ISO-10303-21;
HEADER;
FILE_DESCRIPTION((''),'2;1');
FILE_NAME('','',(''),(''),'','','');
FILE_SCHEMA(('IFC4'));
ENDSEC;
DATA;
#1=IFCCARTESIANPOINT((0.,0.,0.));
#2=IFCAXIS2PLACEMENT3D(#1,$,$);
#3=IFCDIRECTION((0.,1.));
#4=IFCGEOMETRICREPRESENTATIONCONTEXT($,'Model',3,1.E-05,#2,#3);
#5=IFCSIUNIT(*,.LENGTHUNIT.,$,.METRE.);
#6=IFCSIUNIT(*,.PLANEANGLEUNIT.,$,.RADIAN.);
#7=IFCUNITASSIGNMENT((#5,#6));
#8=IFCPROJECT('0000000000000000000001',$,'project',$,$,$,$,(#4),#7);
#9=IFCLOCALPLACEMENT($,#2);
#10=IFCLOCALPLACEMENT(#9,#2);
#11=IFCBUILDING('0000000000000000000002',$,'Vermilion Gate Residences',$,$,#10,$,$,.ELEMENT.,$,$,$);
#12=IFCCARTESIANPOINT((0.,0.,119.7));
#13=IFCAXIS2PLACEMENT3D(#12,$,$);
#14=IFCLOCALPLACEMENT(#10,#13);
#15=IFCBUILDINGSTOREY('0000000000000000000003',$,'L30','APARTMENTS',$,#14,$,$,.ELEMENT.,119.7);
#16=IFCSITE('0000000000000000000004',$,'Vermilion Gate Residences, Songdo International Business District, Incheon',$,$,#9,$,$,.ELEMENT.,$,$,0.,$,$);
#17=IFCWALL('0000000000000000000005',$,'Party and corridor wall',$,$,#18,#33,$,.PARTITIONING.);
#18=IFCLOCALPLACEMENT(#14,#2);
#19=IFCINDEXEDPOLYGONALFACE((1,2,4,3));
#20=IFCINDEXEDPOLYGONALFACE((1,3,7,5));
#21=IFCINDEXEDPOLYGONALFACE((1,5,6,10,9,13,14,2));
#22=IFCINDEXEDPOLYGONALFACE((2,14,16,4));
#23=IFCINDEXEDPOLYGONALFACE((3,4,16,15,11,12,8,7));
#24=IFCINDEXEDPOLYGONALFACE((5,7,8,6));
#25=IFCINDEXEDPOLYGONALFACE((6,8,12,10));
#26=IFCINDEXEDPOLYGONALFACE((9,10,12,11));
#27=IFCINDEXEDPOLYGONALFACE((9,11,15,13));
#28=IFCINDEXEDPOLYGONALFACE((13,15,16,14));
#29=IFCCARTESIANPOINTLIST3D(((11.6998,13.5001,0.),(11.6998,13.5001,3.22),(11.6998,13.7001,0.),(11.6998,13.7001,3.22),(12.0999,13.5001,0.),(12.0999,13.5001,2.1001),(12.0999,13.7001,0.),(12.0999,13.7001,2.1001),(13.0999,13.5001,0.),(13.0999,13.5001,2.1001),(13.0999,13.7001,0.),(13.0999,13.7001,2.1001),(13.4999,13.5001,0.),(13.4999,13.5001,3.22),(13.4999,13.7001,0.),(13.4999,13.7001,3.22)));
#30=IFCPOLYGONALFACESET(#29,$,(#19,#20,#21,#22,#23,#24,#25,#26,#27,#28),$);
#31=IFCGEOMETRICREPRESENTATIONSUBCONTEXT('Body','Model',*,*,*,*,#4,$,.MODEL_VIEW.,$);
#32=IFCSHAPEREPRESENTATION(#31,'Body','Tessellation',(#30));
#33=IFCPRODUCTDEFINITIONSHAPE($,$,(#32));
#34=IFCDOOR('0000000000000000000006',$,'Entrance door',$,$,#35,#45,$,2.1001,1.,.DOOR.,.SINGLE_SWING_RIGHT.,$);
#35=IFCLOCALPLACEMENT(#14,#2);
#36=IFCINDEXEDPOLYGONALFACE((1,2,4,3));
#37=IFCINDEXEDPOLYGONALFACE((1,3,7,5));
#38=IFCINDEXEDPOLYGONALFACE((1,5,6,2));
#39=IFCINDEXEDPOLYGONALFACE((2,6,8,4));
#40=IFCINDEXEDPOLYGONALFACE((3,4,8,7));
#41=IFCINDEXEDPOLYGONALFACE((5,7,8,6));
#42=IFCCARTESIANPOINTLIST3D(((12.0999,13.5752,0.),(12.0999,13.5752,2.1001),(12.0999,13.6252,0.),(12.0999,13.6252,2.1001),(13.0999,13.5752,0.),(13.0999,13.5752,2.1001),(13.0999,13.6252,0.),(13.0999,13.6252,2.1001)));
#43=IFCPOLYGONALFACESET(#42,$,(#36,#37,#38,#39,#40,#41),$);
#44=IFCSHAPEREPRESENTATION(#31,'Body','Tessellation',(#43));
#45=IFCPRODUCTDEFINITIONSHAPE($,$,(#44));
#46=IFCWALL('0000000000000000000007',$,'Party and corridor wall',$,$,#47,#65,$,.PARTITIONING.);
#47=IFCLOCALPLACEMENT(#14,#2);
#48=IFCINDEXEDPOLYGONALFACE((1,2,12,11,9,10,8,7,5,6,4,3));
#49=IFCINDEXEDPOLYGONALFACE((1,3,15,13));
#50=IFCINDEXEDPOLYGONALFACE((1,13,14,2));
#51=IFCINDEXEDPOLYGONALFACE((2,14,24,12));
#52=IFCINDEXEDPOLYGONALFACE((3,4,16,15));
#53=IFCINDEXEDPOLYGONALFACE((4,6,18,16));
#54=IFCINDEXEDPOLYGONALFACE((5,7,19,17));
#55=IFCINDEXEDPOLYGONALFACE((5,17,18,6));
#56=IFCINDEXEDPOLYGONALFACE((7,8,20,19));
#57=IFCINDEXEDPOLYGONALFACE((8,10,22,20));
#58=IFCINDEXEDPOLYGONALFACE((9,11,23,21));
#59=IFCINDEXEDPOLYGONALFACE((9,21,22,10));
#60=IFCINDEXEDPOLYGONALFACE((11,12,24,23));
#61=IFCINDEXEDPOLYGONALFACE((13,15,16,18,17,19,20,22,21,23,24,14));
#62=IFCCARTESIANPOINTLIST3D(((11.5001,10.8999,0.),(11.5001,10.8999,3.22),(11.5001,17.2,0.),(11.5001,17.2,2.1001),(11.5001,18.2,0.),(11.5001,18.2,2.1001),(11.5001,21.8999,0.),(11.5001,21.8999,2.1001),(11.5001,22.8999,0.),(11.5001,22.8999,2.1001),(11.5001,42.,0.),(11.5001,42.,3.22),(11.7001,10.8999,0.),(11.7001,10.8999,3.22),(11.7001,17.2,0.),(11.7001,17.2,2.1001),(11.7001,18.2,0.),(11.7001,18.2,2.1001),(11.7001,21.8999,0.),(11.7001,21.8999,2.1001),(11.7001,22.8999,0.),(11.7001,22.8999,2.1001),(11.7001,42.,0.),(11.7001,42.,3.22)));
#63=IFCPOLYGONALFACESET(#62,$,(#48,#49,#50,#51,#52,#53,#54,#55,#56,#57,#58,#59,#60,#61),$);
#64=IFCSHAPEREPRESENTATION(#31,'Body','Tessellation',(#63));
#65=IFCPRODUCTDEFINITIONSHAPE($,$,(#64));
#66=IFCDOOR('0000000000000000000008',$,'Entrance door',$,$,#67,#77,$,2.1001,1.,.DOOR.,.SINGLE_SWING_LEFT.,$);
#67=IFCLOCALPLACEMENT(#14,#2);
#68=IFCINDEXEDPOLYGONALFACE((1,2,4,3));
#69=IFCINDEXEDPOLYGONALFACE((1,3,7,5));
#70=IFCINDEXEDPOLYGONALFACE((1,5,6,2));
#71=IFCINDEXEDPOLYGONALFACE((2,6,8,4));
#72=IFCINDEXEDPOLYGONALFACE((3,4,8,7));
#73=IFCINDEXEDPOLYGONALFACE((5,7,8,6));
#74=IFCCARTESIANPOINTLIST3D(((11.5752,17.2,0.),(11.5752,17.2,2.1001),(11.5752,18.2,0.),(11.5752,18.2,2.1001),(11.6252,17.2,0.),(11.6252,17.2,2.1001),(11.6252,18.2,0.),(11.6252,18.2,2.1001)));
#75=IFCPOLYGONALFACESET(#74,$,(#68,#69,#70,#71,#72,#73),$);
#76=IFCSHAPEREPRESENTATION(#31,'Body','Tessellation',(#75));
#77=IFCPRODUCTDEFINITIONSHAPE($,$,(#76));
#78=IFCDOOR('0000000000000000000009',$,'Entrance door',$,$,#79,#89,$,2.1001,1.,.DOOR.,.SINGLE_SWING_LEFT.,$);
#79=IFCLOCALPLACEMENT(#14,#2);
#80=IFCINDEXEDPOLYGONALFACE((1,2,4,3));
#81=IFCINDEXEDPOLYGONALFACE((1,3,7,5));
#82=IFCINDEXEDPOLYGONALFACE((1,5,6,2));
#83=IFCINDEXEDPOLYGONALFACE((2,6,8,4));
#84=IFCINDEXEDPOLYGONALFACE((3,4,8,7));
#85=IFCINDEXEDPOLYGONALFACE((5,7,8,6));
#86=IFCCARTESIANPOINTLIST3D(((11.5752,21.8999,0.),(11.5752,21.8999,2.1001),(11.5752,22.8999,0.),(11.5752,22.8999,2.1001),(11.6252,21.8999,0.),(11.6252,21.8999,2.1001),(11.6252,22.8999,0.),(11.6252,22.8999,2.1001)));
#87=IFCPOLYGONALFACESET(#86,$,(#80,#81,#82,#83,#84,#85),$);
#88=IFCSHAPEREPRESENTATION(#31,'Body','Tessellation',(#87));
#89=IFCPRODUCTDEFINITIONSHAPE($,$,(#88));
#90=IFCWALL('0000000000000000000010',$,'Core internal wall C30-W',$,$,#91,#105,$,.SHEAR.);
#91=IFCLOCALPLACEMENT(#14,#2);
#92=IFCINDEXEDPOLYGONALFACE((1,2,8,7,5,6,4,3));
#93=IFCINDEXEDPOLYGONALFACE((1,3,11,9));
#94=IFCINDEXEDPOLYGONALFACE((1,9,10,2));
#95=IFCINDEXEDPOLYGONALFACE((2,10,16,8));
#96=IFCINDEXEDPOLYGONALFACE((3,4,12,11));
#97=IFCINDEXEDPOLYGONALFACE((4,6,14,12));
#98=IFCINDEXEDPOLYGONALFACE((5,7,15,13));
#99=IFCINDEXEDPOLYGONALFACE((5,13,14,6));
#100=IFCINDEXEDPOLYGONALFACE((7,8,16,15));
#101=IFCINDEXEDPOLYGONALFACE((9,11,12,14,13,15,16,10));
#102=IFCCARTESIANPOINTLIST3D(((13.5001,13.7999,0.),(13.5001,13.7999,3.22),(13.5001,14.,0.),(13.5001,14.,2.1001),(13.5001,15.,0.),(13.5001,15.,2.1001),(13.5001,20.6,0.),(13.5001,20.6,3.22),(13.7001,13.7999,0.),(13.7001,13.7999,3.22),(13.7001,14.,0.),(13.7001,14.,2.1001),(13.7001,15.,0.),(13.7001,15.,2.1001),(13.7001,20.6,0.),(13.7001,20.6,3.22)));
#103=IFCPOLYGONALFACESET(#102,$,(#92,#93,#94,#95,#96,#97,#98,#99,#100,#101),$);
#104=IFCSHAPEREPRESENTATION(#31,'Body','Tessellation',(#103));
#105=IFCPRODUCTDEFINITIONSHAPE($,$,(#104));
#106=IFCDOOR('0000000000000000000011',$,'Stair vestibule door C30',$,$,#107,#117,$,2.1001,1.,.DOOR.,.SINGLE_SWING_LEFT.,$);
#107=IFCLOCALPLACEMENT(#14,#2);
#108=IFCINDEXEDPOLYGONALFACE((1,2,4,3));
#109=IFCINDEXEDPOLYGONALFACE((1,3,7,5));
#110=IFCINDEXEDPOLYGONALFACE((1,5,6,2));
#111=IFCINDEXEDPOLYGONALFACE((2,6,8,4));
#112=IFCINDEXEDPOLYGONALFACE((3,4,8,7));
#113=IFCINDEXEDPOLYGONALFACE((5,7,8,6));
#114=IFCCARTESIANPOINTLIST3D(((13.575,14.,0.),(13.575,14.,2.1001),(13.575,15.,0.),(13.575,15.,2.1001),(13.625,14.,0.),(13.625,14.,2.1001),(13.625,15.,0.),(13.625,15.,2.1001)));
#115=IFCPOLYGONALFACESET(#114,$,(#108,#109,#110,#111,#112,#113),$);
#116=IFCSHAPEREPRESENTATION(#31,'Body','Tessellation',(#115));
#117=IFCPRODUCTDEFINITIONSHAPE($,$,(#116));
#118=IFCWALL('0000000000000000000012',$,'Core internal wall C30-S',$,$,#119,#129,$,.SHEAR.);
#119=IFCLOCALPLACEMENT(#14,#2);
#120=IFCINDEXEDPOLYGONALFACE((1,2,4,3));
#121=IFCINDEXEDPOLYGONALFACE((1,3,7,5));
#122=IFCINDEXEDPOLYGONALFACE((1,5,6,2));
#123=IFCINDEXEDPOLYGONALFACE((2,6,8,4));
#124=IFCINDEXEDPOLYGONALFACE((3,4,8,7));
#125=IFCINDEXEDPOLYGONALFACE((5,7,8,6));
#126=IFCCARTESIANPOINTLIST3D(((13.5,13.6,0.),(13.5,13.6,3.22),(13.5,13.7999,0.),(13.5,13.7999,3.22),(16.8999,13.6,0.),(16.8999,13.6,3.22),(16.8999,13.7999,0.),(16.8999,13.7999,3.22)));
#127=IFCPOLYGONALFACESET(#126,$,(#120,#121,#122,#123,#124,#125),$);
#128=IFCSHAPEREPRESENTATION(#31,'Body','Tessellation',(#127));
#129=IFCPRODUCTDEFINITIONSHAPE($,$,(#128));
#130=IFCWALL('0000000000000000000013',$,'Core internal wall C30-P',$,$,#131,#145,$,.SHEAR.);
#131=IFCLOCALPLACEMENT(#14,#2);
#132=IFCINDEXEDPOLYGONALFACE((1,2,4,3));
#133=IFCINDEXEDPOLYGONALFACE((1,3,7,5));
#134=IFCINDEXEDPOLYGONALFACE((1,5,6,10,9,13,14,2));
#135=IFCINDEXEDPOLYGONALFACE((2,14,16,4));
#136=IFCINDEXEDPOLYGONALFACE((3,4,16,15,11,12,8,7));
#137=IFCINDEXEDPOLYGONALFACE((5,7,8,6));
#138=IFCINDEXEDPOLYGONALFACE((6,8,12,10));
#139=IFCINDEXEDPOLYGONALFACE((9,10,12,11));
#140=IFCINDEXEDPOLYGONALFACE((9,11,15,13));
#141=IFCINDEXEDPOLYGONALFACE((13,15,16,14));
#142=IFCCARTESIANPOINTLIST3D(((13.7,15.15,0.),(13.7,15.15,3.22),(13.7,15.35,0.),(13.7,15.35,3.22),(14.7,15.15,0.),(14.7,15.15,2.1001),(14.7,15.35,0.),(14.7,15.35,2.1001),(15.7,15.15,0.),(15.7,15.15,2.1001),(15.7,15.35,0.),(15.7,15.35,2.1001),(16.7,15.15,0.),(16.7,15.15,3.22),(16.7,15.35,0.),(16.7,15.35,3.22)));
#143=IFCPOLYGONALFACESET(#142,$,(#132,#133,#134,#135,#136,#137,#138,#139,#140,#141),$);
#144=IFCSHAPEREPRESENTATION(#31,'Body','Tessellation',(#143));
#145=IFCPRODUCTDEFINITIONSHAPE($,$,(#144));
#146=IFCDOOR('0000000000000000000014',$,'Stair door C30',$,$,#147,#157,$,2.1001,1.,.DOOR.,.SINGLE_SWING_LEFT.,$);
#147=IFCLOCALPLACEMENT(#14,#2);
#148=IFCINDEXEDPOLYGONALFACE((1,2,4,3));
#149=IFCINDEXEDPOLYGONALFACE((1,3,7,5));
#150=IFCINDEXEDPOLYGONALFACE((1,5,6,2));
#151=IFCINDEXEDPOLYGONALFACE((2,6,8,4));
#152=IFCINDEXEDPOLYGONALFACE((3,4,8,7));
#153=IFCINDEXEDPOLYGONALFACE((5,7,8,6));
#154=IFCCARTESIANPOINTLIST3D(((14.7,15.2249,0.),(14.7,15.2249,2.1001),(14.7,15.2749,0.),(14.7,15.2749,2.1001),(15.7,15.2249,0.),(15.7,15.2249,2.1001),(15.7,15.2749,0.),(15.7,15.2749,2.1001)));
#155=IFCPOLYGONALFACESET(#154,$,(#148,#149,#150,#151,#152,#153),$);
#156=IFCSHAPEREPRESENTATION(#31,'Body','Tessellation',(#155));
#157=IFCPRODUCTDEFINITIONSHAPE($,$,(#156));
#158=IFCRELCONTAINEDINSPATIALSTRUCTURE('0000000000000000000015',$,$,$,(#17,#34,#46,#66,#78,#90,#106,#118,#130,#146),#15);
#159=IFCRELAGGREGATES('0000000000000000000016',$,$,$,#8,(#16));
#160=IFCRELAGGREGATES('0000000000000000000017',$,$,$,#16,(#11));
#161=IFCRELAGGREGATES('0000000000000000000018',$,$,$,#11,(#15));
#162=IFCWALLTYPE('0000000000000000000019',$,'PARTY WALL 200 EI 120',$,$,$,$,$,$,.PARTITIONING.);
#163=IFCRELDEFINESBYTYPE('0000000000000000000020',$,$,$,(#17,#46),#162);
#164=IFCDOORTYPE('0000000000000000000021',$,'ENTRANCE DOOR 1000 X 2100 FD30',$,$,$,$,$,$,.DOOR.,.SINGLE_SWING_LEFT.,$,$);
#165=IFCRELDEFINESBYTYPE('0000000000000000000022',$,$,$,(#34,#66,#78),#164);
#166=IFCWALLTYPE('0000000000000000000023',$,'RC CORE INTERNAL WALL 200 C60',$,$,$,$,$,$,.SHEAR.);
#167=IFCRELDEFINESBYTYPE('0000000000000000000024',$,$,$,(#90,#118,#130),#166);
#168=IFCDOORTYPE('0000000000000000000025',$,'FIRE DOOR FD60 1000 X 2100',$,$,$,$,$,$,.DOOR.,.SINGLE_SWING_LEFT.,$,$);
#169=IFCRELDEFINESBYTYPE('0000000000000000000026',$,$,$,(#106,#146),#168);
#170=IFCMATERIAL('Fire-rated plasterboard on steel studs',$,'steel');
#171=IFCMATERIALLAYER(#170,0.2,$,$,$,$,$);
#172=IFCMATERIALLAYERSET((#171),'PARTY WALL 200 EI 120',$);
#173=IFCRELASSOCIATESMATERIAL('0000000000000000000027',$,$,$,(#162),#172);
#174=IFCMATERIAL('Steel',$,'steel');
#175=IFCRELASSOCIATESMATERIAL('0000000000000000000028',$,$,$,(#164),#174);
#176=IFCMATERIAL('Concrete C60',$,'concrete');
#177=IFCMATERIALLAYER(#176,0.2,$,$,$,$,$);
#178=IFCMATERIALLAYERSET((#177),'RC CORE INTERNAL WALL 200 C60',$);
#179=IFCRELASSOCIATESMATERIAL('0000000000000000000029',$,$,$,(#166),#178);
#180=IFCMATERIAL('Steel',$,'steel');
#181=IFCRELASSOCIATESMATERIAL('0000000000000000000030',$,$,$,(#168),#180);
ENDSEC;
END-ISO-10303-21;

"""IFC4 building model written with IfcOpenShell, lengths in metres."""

from ifc_helpers import new_model, si_unit, direction, frame, frame_2d, origin, place, context, subcontext, project, spatial, rectangle, extrude, material, layer, layer_set, type_object, element, fill, save


model = new_model("IFC4")

# Units and contexts
model_context = context("Model", 3, precision=1e-05, world=origin(), true_north=direction((0.0, 1.0)))
body_context = subcontext(model_context, "Body", "Model", "MODEL_VIEW")
ifc_project = project(units=[si_unit("LENGTHUNIT", "METRE"), si_unit("PLANEANGLEUNIT", "RADIAN")], contexts=[model_context])

# Site, building, storey
site_placement = place(None, origin())
site = spatial("IfcSite", under=ifc_project, at=site_placement, Name="Vermilion Gate Residences, Songdo International Business District, Incheon", CompositionType="ELEMENT", RefElevation=0.0)
building_placement = place(site_placement, origin())
building = spatial("IfcBuilding", under=site, at=building_placement, Name="Vermilion Gate Residences", CompositionType="ELEMENT")
storey_placement = place(building_placement, frame((0.0, 0.0, 119.7)))
storey = spatial("IfcBuildingStorey", under=building, at=storey_placement, Name="L30", Description="APARTMENTS", CompositionType="ELEMENT", Elevation=119.7)

# Wall, opening, door
ifc_material_1 = material(Name="Fire-rated plasterboard on steel studs", Category="steel")
ifc_layer_1 = layer(ifc_material_1, 0.2)
ifc_layer_set_1 = layer_set([ifc_layer_1], Name="PARTY WALL 200 EI 120")
wall_type_1 = type_object("IfcWallType", Name="PARTY WALL 200 EI 120", PredefinedType="PARTITIONING", material=ifc_layer_set_1)
wall_1_placement = place(storey_placement, frame((11.7, 13.6001, 0.0), z_axis=(0.0, 0.0, 1.0), x_axis=(1.0, 0.0, 0.0)))
wall_1 = element("IfcWall", 1, at=wall_1_placement, inside=storey, type_object=wall_type_1, Name="Party and corridor wall", PredefinedType="PARTITIONING", context=body_context, shape_type="SweptSolid", body=[
    extrude(rectangle(XDim=1.8, YDim=0.2, at=frame_2d((0.8999, 0.0))), origin(), (0.0, 0.0, 1.0), 3.22),
])
opening_1_placement = place(wall_1_placement, frame((0.3999, 0.0, 0.0)))
opening_1 = element("IfcOpeningElement", 2, at=opening_1_placement, cuts=wall_1, PredefinedType="OPENING", context=body_context, shape_type="SweptSolid", body=[
    extrude(rectangle(XDim=1.0, YDim=2.1001, at=frame_2d((0.5, 1.05))), frame((0.0, 0.1099, 0.0), z_axis=(0.0, -1.0, 0.0), x_axis=(1.0, 0.0, 0.0)), (0.0, 0.0, 1.0), 0.22),
])
ifc_material_2 = material(Name="Steel", Category="steel")
door_type_1 = type_object("IfcDoorType", Name="ENTRANCE DOOR 1000 X 2100 FD30", OperationType="SINGLE_SWING_LEFT", PredefinedType="DOOR", material=ifc_material_2)
door_1_placement = place(opening_1_placement, frame((1.0, 0.0, 0.0), z_axis=(0.0, 0.0, 1.0), x_axis=(-1.0, 0.0, 0.0)))
door_1 = element("IfcDoor", 3, at=door_1_placement, inside=storey, type_object=door_type_1, Name="Entrance door", OperationType="SINGLE_SWING_RIGHT", OverallHeight=2.1001, OverallWidth=1.0, PredefinedType="DOOR", context=body_context, shape_type="SweptSolid", body=[
    extrude(rectangle(XDim=1.0, YDim=2.1001, at=frame_2d((0.5, 1.05))), frame((0.0, 0.0249, 0.0), z_axis=(0.0, -1.0, 0.0), x_axis=(1.0, 0.0, 0.0)), (0.0, 0.0, 1.0), 0.05),
])
fill(opening_1, door_1)

# Wall, openings, doors
wall_2_placement = place(storey_placement, frame((11.6001, 10.8999, 0.0), z_axis=(0.0, 0.0, 1.0), x_axis=(0.0, 1.0, 0.0)))
wall_2 = element("IfcWall", 4, at=wall_2_placement, inside=storey, type_object=wall_type_1, Name="Party and corridor wall", PredefinedType="PARTITIONING", context=body_context, shape_type="SweptSolid", body=[
    extrude(rectangle(XDim=31.1001, YDim=0.2, at=frame_2d((15.55, 0.0))), origin(), (0.0, 0.0, 1.0), 3.22),
])
opening_2_placement = place(wall_2_placement, frame((6.3, 0.0, 0.0)))
opening_2 = element("IfcOpeningElement", 5, at=opening_2_placement, cuts=wall_2, PredefinedType="OPENING", context=body_context, shape_type="SweptSolid", body=[
    extrude(rectangle(XDim=1.0, YDim=2.1001, at=frame_2d((0.5, 1.05))), frame((0.0, 0.1099, 0.0), z_axis=(0.0, -1.0, 0.0), x_axis=(1.0, 0.0, 0.0)), (0.0, 0.0, 1.0), 0.22),
])
opening_3_placement = place(wall_2_placement, frame((11.0, 0.0, 0.0)))
opening_3 = element("IfcOpeningElement", 6, at=opening_3_placement, cuts=wall_2, PredefinedType="OPENING", context=body_context, shape_type="SweptSolid", body=[
    extrude(rectangle(XDim=1.0, YDim=2.1001, at=frame_2d((0.5, 1.05))), frame((0.0, 0.1099, 0.0), z_axis=(0.0, -1.0, 0.0), x_axis=(1.0, 0.0, 0.0)), (0.0, 0.0, 1.0), 0.22),
])
door_2_placement = place(opening_2_placement, origin())
door_2 = element("IfcDoor", 7, at=door_2_placement, inside=storey, type_object=door_type_1, Name="Entrance door", OperationType="SINGLE_SWING_LEFT", OverallHeight=2.1001, OverallWidth=1.0, PredefinedType="DOOR", context=body_context, shape_type="SweptSolid", body=[
    extrude(rectangle(XDim=1.0, YDim=2.1001, at=frame_2d((0.5, 1.05))), frame((0.0, 0.0249, 0.0), z_axis=(0.0, -1.0, 0.0), x_axis=(1.0, 0.0, 0.0)), (0.0, 0.0, 1.0), 0.05),
])
fill(opening_2, door_2)
door_3_placement = place(opening_3_placement, origin())
door_3 = element("IfcDoor", 8, at=door_3_placement, inside=storey, type_object=door_type_1, Name="Entrance door", OperationType="SINGLE_SWING_LEFT", OverallHeight=2.1001, OverallWidth=1.0, PredefinedType="DOOR", context=body_context, shape_type="SweptSolid", body=[
    extrude(rectangle(XDim=1.0, YDim=2.1001, at=frame_2d((0.5, 1.05))), frame((0.0, 0.0249, 0.0), z_axis=(0.0, -1.0, 0.0), x_axis=(1.0, 0.0, 0.0)), (0.0, 0.0, 1.0), 0.05),
])
fill(opening_3, door_3)

# Wall, opening, door
ifc_material_3 = material(Name="Concrete C60", Category="concrete")
ifc_layer_2 = layer(ifc_material_3, 0.2)
ifc_layer_set_2 = layer_set([ifc_layer_2], Name="RC CORE INTERNAL WALL 200 C60")
wall_type_2 = type_object("IfcWallType", Name="RC CORE INTERNAL WALL 200 C60", PredefinedType="SHEAR", material=ifc_layer_set_2)
wall_3_placement = place(storey_placement, frame((13.6001, 13.8, 0.0), z_axis=(0.0, 0.0, 1.0), x_axis=(0.0, 1.0, 0.0)))
wall_3 = element("IfcWall", 9, at=wall_3_placement, inside=storey, type_object=wall_type_2, Name="Core internal wall C30-W", PredefinedType="SHEAR", context=body_context, shape_type="SweptSolid", body=[
    extrude(rectangle(XDim=6.8, YDim=0.2, at=frame_2d((3.3999, 0.0))), origin(), (0.0, 0.0, 1.0), 3.22),
])
opening_4_placement = place(wall_3_placement, frame((0.2, 0.0, 0.0)))
opening_4 = element("IfcOpeningElement", 10, at=opening_4_placement, cuts=wall_3, PredefinedType="OPENING", context=body_context, shape_type="SweptSolid", body=[
    extrude(rectangle(XDim=1.0, YDim=2.1001, at=frame_2d((0.5, 1.05))), frame((0.0, 0.1099, 0.0), z_axis=(0.0, -1.0, 0.0), x_axis=(1.0, 0.0, 0.0)), (0.0, 0.0, 1.0), 0.22),
])
ifc_material_4 = material(Name="Steel", Category="steel")
door_type_2 = type_object("IfcDoorType", Name="FIRE DOOR FD60 1000 X 2100", OperationType="SINGLE_SWING_LEFT", PredefinedType="DOOR", material=ifc_material_4)
door_4_placement = place(opening_4_placement, frame((1.0, 0.0, 0.0), z_axis=(0.0, 0.0, 1.0), x_axis=(-1.0, 0.0, 0.0)))
door_4 = element("IfcDoor", 11, at=door_4_placement, inside=storey, type_object=door_type_2, Name="Stair vestibule door C30", OperationType="SINGLE_SWING_LEFT", OverallHeight=2.1001, OverallWidth=1.0, PredefinedType="DOOR", context=body_context, shape_type="SweptSolid", body=[
    extrude(rectangle(XDim=1.0, YDim=2.1001, at=frame_2d((0.5, 1.05))), frame((0.0, 0.0249, 0.0), z_axis=(0.0, -1.0, 0.0), x_axis=(1.0, 0.0, 0.0)), (0.0, 0.0, 1.0), 0.05),
])
fill(opening_4, door_4)

# Wall
wall_4_placement = place(storey_placement, frame((13.5, 13.7, 0.0), z_axis=(0.0, 0.0, 1.0), x_axis=(1.0, 0.0, 0.0)))
element("IfcWall", 12, at=wall_4_placement, inside=storey, type_object=wall_type_2, Name="Core internal wall C30-S", PredefinedType="SHEAR", context=body_context, shape_type="SweptSolid", body=[
    extrude(rectangle(XDim=3.3999, YDim=0.2, at=frame_2d((1.7, 0.0))), origin(), (0.0, 0.0, 1.0), 3.22),
])

# Wall, opening, door
wall_5_placement = place(storey_placement, frame((13.7, 15.25, 0.0), z_axis=(0.0, 0.0, 1.0), x_axis=(1.0, 0.0, 0.0)))
wall_5 = element("IfcWall", 13, at=wall_5_placement, inside=storey, type_object=wall_type_2, Name="Core internal wall C30-P", PredefinedType="SHEAR", context=body_context, shape_type="SweptSolid", body=[
    extrude(rectangle(XDim=3.0, YDim=0.2, at=frame_2d((1.5, 0.0))), origin(), (0.0, 0.0, 1.0), 3.22),
])
opening_5_placement = place(wall_5_placement, frame((1.0, 0.0, 0.0)))
opening_5 = element("IfcOpeningElement", 14, at=opening_5_placement, cuts=wall_5, PredefinedType="OPENING", context=body_context, shape_type="SweptSolid", body=[
    extrude(rectangle(XDim=1.0, YDim=2.1001, at=frame_2d((0.5, 1.05))), frame((0.0, 0.1099, 0.0), z_axis=(0.0, -1.0, 0.0), x_axis=(1.0, 0.0, 0.0)), (0.0, 0.0, 1.0), 0.22),
])
door_5_placement = place(opening_5_placement, origin())
door_5 = element("IfcDoor", 15, at=door_5_placement, inside=storey, type_object=door_type_2, Name="Stair door C30", OperationType="SINGLE_SWING_LEFT", OverallHeight=2.1001, OverallWidth=1.0, PredefinedType="DOOR", context=body_context, shape_type="SweptSolid", body=[
    extrude(rectangle(XDim=1.0, YDim=2.1001, at=frame_2d((0.5, 1.05))), frame((0.0, 0.0249, 0.0), z_axis=(0.0, -1.0, 0.0), x_axis=(1.0, 0.0, 0.0)), (0.0, 0.0, 1.0), 0.05),
])
fill(opening_5, door_5)

save(model, "model.ifc")
